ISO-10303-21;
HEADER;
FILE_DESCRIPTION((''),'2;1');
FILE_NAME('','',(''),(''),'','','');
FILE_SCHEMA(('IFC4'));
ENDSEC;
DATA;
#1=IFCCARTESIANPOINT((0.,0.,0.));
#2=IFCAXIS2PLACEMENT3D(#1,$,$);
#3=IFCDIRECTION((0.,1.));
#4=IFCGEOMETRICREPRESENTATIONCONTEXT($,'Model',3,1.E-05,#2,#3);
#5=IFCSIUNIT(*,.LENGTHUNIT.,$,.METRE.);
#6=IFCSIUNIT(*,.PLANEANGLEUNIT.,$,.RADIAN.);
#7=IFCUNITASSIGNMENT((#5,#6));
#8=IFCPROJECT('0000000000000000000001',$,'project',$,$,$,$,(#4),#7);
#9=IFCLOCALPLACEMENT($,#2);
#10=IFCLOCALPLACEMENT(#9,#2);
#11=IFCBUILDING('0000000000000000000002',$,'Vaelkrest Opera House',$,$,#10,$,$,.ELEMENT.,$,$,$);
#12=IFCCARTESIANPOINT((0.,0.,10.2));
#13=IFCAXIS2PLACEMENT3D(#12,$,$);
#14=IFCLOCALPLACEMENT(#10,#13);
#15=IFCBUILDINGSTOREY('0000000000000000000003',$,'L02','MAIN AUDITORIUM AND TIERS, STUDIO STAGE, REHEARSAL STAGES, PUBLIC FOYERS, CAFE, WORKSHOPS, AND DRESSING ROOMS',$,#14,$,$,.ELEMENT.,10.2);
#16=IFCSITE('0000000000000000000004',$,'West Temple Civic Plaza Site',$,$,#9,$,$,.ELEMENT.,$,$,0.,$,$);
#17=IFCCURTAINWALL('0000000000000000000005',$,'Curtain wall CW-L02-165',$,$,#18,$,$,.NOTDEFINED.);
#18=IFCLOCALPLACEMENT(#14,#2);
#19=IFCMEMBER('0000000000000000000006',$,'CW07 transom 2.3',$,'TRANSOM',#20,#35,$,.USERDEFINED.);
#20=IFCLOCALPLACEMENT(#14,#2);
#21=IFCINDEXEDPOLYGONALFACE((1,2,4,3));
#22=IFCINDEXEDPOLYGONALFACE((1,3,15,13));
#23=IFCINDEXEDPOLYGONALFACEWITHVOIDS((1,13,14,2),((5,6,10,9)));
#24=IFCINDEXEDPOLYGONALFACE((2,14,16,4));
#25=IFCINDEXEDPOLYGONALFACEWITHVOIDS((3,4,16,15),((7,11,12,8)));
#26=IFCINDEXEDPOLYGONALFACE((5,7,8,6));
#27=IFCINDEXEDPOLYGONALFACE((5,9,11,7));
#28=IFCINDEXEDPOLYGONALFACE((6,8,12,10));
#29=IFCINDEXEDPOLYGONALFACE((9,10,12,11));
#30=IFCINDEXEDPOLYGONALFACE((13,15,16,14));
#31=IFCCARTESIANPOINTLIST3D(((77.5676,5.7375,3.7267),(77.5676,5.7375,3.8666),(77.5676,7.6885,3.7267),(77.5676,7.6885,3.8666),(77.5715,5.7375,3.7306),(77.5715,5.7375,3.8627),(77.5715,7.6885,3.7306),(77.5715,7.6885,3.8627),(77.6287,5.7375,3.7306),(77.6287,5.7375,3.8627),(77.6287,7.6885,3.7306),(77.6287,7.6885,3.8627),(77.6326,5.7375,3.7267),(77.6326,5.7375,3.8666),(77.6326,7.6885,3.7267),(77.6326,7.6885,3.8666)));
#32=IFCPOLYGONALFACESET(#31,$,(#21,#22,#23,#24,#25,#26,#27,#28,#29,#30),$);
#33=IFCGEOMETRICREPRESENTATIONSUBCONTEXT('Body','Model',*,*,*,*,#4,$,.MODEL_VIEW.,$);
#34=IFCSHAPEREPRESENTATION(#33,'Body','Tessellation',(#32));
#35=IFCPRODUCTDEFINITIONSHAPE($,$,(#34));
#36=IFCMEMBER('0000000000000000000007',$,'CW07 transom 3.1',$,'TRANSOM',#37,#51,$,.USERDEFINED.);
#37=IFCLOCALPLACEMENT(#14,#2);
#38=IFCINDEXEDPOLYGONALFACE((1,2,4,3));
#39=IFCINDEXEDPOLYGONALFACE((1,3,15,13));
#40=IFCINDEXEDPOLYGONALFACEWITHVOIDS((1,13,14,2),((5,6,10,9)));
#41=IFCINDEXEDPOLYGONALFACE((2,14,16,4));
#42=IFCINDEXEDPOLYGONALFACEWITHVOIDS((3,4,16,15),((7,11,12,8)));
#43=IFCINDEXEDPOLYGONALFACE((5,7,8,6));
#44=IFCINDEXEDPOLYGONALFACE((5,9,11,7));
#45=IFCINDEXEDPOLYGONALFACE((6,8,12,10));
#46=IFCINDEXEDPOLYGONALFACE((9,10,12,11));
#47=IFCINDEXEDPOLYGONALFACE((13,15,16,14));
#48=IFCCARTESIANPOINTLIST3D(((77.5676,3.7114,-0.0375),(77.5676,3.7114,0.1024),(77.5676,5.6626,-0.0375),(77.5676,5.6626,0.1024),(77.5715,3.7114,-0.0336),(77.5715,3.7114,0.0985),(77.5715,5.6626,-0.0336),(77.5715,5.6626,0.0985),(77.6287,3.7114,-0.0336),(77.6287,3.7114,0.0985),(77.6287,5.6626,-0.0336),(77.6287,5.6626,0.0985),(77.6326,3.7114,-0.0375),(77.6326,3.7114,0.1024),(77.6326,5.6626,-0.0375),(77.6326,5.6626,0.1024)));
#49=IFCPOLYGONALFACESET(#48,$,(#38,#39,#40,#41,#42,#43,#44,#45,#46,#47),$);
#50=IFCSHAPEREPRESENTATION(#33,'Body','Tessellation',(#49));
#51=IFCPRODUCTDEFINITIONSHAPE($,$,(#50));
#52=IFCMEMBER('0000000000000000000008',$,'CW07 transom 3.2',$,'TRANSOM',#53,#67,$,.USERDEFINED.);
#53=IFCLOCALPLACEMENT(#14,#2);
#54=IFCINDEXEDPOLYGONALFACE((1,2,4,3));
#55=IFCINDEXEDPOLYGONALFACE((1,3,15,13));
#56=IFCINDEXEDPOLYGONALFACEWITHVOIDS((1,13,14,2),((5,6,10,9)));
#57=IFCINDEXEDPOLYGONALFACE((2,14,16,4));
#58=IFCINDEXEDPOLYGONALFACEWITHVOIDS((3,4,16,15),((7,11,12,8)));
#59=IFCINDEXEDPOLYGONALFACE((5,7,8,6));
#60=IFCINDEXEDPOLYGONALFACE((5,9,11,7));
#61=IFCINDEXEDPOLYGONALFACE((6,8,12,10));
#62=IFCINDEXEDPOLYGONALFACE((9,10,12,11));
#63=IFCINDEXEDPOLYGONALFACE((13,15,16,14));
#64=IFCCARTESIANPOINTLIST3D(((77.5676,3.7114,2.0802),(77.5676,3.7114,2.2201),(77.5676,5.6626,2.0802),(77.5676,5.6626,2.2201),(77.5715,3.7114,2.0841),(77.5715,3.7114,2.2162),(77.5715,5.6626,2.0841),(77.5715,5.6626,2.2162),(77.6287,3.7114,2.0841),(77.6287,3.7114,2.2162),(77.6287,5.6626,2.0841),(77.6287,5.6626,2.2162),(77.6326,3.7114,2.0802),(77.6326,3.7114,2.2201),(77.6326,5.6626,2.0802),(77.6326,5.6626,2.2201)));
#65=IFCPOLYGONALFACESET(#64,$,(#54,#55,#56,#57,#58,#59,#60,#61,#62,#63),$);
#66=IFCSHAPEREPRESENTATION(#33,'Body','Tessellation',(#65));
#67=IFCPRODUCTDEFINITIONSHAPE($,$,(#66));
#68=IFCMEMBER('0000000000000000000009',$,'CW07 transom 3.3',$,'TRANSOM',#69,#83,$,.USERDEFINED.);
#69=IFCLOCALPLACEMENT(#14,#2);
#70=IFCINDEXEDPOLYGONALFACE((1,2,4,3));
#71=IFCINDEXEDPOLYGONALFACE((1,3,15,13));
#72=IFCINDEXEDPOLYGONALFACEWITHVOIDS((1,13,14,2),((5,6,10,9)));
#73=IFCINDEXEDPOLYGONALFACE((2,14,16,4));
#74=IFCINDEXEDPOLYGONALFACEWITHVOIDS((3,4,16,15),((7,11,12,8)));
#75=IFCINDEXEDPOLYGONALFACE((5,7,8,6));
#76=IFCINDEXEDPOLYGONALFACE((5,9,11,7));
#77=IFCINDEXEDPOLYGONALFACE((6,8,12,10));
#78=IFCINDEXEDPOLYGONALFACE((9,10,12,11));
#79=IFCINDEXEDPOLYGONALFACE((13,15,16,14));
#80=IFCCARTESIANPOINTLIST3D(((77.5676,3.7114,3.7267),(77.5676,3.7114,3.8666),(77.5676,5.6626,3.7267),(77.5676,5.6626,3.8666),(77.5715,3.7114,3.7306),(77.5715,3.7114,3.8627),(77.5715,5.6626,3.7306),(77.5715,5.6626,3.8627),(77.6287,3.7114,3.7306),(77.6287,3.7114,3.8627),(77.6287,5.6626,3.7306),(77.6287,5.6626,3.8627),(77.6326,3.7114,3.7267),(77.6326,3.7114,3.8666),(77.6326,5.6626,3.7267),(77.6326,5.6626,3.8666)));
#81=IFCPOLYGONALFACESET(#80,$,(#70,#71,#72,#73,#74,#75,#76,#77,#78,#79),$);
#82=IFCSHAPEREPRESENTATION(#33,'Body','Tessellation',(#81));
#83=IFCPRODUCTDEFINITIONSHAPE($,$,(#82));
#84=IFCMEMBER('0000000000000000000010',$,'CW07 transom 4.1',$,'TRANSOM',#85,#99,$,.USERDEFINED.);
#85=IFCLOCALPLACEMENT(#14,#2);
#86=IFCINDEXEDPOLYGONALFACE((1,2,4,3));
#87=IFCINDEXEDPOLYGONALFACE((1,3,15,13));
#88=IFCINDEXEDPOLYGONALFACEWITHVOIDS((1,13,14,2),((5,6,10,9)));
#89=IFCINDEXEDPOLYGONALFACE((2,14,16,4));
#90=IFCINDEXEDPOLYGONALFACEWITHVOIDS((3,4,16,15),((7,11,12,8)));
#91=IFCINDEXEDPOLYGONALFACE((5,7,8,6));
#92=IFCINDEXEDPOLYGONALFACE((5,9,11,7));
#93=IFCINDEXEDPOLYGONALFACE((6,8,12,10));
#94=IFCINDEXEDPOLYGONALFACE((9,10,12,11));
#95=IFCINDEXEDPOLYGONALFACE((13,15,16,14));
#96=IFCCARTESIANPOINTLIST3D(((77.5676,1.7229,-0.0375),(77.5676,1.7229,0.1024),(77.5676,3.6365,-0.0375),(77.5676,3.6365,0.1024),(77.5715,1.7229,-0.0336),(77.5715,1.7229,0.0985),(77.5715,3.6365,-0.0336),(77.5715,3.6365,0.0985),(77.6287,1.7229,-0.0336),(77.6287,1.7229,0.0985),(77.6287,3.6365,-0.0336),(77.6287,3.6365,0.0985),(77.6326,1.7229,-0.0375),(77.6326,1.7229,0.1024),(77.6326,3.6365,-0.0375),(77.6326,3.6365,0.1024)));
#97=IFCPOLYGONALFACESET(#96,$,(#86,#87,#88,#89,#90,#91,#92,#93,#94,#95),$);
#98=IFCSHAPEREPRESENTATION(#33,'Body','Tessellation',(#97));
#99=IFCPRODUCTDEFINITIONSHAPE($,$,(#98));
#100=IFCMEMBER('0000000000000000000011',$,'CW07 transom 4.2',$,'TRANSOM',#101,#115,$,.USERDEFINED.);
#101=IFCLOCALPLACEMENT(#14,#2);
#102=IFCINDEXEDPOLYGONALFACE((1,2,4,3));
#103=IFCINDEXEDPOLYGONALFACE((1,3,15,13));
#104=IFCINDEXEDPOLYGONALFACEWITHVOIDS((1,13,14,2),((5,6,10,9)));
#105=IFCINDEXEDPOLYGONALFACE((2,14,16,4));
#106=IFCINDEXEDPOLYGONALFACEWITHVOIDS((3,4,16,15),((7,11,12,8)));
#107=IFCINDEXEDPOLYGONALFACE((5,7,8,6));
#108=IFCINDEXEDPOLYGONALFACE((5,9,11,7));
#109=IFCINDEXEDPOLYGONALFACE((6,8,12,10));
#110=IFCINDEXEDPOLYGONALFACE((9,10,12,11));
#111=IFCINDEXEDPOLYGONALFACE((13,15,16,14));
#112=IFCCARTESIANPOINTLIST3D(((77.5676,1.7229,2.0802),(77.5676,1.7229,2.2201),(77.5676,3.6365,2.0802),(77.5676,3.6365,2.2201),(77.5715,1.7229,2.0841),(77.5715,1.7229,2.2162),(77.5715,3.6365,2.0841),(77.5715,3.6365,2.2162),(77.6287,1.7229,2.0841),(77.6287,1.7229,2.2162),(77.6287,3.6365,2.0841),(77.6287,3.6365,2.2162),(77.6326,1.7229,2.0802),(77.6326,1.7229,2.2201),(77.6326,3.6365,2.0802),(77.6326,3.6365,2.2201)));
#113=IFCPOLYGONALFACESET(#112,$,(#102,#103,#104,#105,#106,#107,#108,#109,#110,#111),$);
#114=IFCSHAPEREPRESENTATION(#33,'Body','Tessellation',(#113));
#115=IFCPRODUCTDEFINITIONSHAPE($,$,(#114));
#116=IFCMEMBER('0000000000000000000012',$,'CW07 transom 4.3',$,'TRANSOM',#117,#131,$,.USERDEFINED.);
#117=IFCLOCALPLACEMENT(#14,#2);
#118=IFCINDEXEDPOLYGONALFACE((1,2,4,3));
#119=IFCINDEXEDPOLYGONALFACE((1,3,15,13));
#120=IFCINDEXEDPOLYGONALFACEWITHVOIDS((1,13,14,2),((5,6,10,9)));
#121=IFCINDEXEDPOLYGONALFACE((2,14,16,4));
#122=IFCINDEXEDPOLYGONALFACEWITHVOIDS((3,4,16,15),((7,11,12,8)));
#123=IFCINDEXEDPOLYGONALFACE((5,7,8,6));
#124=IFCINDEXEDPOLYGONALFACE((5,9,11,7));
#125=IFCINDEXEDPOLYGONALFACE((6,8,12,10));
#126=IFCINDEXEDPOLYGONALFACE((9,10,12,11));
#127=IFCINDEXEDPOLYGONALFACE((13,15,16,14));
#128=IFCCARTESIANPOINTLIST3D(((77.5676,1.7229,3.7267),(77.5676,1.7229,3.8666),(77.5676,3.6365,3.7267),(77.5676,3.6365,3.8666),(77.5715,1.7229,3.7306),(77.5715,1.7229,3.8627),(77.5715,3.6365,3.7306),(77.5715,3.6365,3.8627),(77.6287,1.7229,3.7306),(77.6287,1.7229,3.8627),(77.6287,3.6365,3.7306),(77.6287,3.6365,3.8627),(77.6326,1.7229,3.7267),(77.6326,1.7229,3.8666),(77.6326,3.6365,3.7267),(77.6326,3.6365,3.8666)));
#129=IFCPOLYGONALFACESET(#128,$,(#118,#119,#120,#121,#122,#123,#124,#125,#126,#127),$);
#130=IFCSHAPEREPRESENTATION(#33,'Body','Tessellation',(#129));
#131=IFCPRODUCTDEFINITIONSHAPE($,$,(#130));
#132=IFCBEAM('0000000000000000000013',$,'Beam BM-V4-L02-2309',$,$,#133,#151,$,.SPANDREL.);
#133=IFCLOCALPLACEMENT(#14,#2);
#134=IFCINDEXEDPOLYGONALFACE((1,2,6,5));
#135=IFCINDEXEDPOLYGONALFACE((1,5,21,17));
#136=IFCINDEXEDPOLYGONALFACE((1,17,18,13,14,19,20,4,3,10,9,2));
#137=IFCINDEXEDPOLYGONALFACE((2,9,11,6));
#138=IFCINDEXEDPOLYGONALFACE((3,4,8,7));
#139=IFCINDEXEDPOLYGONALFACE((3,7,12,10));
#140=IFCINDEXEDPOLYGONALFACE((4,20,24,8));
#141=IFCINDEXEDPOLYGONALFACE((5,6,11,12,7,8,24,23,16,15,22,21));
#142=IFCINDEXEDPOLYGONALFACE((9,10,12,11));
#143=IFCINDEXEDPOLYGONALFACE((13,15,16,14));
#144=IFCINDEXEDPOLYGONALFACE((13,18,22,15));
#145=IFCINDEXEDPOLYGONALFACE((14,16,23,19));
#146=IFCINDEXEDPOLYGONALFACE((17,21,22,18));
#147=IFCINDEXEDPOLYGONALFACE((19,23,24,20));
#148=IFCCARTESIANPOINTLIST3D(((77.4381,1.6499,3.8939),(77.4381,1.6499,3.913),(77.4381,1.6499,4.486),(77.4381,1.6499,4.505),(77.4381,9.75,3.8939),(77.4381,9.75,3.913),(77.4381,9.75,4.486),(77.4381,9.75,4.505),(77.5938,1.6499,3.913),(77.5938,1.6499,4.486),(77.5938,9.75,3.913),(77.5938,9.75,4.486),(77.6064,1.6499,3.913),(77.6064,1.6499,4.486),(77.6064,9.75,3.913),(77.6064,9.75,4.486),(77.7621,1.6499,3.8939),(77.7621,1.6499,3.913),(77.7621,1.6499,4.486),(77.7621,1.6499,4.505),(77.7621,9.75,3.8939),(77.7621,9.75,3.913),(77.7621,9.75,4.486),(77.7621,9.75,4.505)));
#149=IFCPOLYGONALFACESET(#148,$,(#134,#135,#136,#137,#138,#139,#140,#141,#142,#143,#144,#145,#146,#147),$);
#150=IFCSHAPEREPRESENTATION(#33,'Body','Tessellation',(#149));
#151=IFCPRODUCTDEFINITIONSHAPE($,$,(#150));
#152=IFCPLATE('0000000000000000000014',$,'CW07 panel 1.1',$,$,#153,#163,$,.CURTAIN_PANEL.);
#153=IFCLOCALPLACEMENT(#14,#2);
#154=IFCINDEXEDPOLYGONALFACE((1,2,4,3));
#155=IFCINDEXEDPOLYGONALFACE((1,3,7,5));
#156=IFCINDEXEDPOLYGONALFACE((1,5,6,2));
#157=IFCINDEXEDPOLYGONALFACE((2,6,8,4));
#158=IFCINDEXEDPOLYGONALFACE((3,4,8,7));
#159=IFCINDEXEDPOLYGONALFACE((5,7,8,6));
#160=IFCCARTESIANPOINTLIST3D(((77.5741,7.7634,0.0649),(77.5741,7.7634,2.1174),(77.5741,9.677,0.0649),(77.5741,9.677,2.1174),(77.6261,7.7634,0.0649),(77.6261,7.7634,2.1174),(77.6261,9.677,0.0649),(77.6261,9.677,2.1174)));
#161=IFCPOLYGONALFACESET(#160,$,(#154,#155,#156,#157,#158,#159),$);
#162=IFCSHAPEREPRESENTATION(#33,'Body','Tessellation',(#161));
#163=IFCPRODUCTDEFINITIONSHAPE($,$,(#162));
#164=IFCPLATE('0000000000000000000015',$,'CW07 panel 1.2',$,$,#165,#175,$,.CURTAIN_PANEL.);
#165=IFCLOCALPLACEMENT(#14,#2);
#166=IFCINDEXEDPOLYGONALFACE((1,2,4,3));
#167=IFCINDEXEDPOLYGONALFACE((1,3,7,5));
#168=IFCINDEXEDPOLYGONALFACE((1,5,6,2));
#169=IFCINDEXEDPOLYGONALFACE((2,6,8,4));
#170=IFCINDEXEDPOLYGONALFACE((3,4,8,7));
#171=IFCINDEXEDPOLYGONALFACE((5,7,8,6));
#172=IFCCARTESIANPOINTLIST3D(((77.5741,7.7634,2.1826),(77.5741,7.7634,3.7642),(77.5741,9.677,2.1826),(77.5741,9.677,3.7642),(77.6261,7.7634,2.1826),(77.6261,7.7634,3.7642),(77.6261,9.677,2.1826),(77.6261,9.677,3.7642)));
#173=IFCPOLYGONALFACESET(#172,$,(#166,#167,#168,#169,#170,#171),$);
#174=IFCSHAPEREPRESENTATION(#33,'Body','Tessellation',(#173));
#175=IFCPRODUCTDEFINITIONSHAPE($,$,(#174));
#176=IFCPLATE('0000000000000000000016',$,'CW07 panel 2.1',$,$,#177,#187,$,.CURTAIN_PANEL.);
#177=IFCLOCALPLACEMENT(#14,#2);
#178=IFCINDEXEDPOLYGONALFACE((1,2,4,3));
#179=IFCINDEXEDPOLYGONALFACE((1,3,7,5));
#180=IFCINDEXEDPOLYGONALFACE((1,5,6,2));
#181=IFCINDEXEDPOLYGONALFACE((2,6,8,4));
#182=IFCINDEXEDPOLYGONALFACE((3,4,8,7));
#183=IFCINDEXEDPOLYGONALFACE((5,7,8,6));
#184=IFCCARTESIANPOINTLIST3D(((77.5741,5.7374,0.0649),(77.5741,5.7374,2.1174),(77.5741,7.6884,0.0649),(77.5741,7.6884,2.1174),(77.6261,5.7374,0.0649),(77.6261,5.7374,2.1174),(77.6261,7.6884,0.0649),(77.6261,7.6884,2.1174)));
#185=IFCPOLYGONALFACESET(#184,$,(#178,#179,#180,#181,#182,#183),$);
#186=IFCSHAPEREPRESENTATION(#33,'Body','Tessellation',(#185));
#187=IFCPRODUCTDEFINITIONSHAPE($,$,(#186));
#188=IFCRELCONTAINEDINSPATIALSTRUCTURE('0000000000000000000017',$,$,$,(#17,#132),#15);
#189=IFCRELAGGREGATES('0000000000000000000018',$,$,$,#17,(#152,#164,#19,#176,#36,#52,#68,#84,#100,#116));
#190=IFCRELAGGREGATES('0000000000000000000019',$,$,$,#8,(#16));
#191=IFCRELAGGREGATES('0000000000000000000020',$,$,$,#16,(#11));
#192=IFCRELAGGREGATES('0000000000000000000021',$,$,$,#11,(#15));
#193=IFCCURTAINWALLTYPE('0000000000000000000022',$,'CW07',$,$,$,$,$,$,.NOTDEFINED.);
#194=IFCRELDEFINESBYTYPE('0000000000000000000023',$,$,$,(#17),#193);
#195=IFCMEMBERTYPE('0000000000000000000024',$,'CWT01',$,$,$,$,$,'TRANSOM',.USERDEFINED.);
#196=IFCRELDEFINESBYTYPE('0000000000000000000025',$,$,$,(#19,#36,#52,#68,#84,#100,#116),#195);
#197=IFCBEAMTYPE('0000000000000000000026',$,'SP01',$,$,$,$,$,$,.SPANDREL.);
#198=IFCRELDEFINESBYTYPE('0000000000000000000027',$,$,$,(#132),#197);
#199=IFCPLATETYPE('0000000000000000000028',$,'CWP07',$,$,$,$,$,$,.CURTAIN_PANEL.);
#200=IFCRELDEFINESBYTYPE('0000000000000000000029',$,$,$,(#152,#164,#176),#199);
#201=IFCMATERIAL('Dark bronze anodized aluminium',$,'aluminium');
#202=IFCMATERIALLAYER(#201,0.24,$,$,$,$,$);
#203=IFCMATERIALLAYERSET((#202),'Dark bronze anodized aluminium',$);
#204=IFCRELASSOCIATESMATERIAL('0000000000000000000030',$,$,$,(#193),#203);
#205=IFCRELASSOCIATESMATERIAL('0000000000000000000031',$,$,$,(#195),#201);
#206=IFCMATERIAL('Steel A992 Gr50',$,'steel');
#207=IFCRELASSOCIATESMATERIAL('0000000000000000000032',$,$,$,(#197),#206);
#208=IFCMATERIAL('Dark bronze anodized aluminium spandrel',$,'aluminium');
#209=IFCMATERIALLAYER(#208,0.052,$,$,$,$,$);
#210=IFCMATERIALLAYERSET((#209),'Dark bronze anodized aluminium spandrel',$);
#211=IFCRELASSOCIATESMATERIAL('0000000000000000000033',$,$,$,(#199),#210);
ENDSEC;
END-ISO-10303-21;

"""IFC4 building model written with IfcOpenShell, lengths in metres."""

from ifc_helpers import new_model, si_unit, direction, frame, origin, origin_2d, place, context, subcontext, project, spatial, rectangle, hollow_rectangle, i_section, extrude, material, layer, layer_set, material_profile, profile_set, type_object, element, aggregate, save


model = new_model("IFC4")

# Units and contexts
model_context = context("Model", 3, precision=1e-05, world=origin(), true_north=direction((0.0, 1.0)))
body_context = subcontext(model_context, "Body", "Model", "MODEL_VIEW")
ifc_project = project(units=[si_unit("LENGTHUNIT", "METRE"), si_unit("PLANEANGLEUNIT", "RADIAN")], contexts=[model_context])

# Site, building, storey
site_placement = place(None, origin())
site = spatial("IfcSite", under=ifc_project, at=site_placement, Name="West Temple Civic Plaza Site", CompositionType="ELEMENT", RefElevation=0.0)
building_placement = place(site_placement, origin())
building = spatial("IfcBuilding", under=site, at=building_placement, Name="Vaelkrest Opera House", CompositionType="ELEMENT")
storey_placement = place(building_placement, frame((0.0, 0.0, 10.2)))
storey = spatial("IfcBuildingStorey", under=building, at=storey_placement, Name="L02", Description="MAIN AUDITORIUM AND TIERS, STUDIO STAGE, REHEARSAL STAGES, PUBLIC FOYERS, CAFE, WORKSHOPS, AND DRESSING ROOMS", CompositionType="ELEMENT", Elevation=10.2)

# Curtain wall, members
ifc_material_1 = material(Name="Dark bronze anodized aluminium", Category="aluminium")
ifc_layer_1 = layer(ifc_material_1, 0.24)
ifc_layer_set_1 = layer_set([ifc_layer_1], Name="Dark bronze anodized aluminium")
curtain_wall_type = type_object("IfcCurtainWallType", Name="CW07", PredefinedType="NOTDEFINED", material=ifc_layer_set_1)
curtain_wall_placement = place(storey_placement, origin())
curtain_wall = element("IfcCurtainWall", 1, at=curtain_wall_placement, inside=storey, type_object=curtain_wall_type, Name="Curtain wall CW-L02-165", PredefinedType="NOTDEFINED")
ifc_material_profile_1 = material_profile(ifc_material_1, hollow_rectangle(XDim=0.0649, YDim=0.1399, WallThickness=0.0039, at=origin_2d()), Name="CWT65X140")
ifc_profile_set_1 = profile_set([ifc_material_profile_1], Name="Dark bronze anodized aluminium")
member_type_1 = type_object("IfcMemberType", Name="CWT01", ElementType="TRANSOM", PredefinedType="USERDEFINED", material=ifc_profile_set_1)
member_1_placement = place(storey_placement, frame((77.6001, 7.6885, 3.7966), z_axis=(0.0, -1.0, 0.0), x_axis=(1.0, 0.0, 0.0)))
member_1 = element("IfcMember", 2, at=member_1_placement, type_object=member_type_1, Name="CW07 transom 2.3", ObjectType="TRANSOM", PredefinedType="USERDEFINED", context=body_context, shape_type="SweptSolid", body=[
    extrude(hollow_rectangle(XDim=0.0649, YDim=0.1399, WallThickness=0.0039, at=origin_2d()), origin(), (0.0, 0.0, 1.0), 1.9509),
])
member_2_placement = place(storey_placement, frame((77.6001, 5.6626, 0.0325), z_axis=(0.0, -1.0, 0.0), x_axis=(1.0, 0.0, 0.0)))
member_2 = element("IfcMember", 3, at=member_2_placement, type_object=member_type_1, Name="CW07 transom 3.1", ObjectType="TRANSOM", PredefinedType="USERDEFINED", context=body_context, shape_type="SweptSolid", body=[
    extrude(hollow_rectangle(XDim=0.0649, YDim=0.1399, WallThickness=0.0039, at=origin_2d()), origin(), (0.0, 0.0, 1.0), 1.9512),
])
member_3_placement = place(storey_placement, frame((77.6001, 5.6626, 2.1501), z_axis=(0.0, -1.0, 0.0), x_axis=(1.0, 0.0, 0.0)))
member_3 = element("IfcMember", 4, at=member_3_placement, type_object=member_type_1, Name="CW07 transom 3.2", ObjectType="TRANSOM", PredefinedType="USERDEFINED", context=body_context, shape_type="SweptSolid", body=[
    extrude(hollow_rectangle(XDim=0.0649, YDim=0.1399, WallThickness=0.0039, at=origin_2d()), origin(), (0.0, 0.0, 1.0), 1.9512),
])
member_4_placement = place(storey_placement, frame((77.6001, 5.6626, 3.7966), z_axis=(0.0, -1.0, 0.0), x_axis=(1.0, 0.0, 0.0)))
member_4 = element("IfcMember", 5, at=member_4_placement, type_object=member_type_1, Name="CW07 transom 3.3", ObjectType="TRANSOM", PredefinedType="USERDEFINED", context=body_context, shape_type="SweptSolid", body=[
    extrude(hollow_rectangle(XDim=0.0649, YDim=0.1399, WallThickness=0.0039, at=origin_2d()), origin(), (0.0, 0.0, 1.0), 1.9512),
])
member_5_placement = place(storey_placement, frame((77.6001, 3.6365, 0.0325), z_axis=(0.0, -1.0, 0.0), x_axis=(1.0, 0.0, 0.0)))
member_5 = element("IfcMember", 6, at=member_5_placement, type_object=member_type_1, Name="CW07 transom 4.1", ObjectType="TRANSOM", PredefinedType="USERDEFINED", context=body_context, shape_type="SweptSolid", body=[
    extrude(hollow_rectangle(XDim=0.0649, YDim=0.1399, WallThickness=0.0039, at=origin_2d()), origin(), (0.0, 0.0, 1.0), 1.9136),
])
member_6_placement = place(storey_placement, frame((77.6001, 3.6365, 2.1501), z_axis=(0.0, -1.0, 0.0), x_axis=(1.0, 0.0, 0.0)))
member_6 = element("IfcMember", 7, at=member_6_placement, type_object=member_type_1, Name="CW07 transom 4.2", ObjectType="TRANSOM", PredefinedType="USERDEFINED", context=body_context, shape_type="SweptSolid", body=[
    extrude(hollow_rectangle(XDim=0.0649, YDim=0.1399, WallThickness=0.0039, at=origin_2d()), origin(), (0.0, 0.0, 1.0), 1.9136),
])
member_7_placement = place(storey_placement, frame((77.6001, 3.6365, 3.7966), z_axis=(0.0, -1.0, 0.0), x_axis=(1.0, 0.0, 0.0)))
member_7 = element("IfcMember", 8, at=member_7_placement, type_object=member_type_1, Name="CW07 transom 4.3", ObjectType="TRANSOM", PredefinedType="USERDEFINED", context=body_context, shape_type="SweptSolid", body=[
    extrude(hollow_rectangle(XDim=0.0649, YDim=0.1399, WallThickness=0.0039, at=origin_2d()), origin(), (0.0, 0.0, 1.0), 1.9136),
])

# Beam
ifc_material_2 = material(Name="Steel A992 Gr50", Category="steel")
ifc_material_profile_2 = material_profile(ifc_material_2, i_section(OverallWidth=0.324, OverallDepth=0.6111, WebThickness=0.0127, FlangeThickness=0.019, at=origin_2d()), Name="W24X104")
ifc_profile_set_2 = profile_set([ifc_material_profile_2], Name="Steel A992 Gr50")
beam_type = type_object("IfcBeamType", Name="SP01", PredefinedType="SPANDREL", material=ifc_profile_set_2)
beam_placement = place(storey_placement, frame((77.6001, 1.6499, 4.1995), z_axis=(0.0, 1.0, 0.0), x_axis=(-1.0, 0.0, 0.0)))
element("IfcBeam", 9, at=beam_placement, inside=storey, type_object=beam_type, Name="Beam BM-V4-L02-2309", PredefinedType="SPANDREL", context=body_context, shape_type="SweptSolid", body=[
    extrude(i_section(OverallWidth=0.324, OverallDepth=0.6111, WebThickness=0.0127, FlangeThickness=0.019, at=origin_2d()), origin(), (0.0, 0.0, 1.0), 8.1001),
])

# Plates
ifc_material_3 = material(Name="Dark bronze anodized aluminium spandrel", Category="aluminium")
ifc_layer_2 = layer(ifc_material_3, 0.052)
ifc_layer_set_2 = layer_set([ifc_layer_2], Name="Dark bronze anodized aluminium spandrel")
plate_type = type_object("IfcPlateType", Name="CWP07", PredefinedType="CURTAIN_PANEL", material=ifc_layer_set_2)
plate_1_placement = place(storey_placement, frame((77.6001, 8.7202, 0.0649), z_axis=(0.0, 0.0, 1.0), x_axis=(0.0, -1.0, 0.0)))
plate_1 = element("IfcPlate", 10, at=plate_1_placement, type_object=plate_type, Name="CW07 panel 1.1", PredefinedType="CURTAIN_PANEL", context=body_context, shape_type="SweptSolid", body=[
    extrude(rectangle(XDim=1.9136, YDim=0.052, at=origin_2d()), origin(), (0.0, 0.0, 1.0), 2.0525),
])
plate_2_placement = place(storey_placement, frame((77.6001, 8.7202, 2.1826), z_axis=(0.0, 0.0, 1.0), x_axis=(0.0, -1.0, 0.0)))
plate_2 = element("IfcPlate", 11, at=plate_2_placement, type_object=plate_type, Name="CW07 panel 1.2", PredefinedType="CURTAIN_PANEL", context=body_context, shape_type="SweptSolid", body=[
    extrude(rectangle(XDim=1.9136, YDim=0.052, at=origin_2d()), origin(), (0.0, 0.0, 1.0), 1.5815),
])
plate_3_placement = place(storey_placement, frame((77.6001, 6.7129, 0.0649), z_axis=(0.0, 0.0, 1.0), x_axis=(0.0, -1.0, 0.0)))
plate_3 = element("IfcPlate", 12, at=plate_3_placement, type_object=plate_type, Name="CW07 panel 2.1", PredefinedType="CURTAIN_PANEL", context=body_context, shape_type="SweptSolid", body=[
    extrude(rectangle(XDim=1.9509, YDim=0.052, at=origin_2d()), origin(), (0.0, 0.0, 1.0), 2.0525),
])
aggregate(curtain_wall, [plate_1, plate_2, member_1, plate_3, member_2, member_3, member_4, member_5, member_6, member_7])

save(model, "model.ifc")
